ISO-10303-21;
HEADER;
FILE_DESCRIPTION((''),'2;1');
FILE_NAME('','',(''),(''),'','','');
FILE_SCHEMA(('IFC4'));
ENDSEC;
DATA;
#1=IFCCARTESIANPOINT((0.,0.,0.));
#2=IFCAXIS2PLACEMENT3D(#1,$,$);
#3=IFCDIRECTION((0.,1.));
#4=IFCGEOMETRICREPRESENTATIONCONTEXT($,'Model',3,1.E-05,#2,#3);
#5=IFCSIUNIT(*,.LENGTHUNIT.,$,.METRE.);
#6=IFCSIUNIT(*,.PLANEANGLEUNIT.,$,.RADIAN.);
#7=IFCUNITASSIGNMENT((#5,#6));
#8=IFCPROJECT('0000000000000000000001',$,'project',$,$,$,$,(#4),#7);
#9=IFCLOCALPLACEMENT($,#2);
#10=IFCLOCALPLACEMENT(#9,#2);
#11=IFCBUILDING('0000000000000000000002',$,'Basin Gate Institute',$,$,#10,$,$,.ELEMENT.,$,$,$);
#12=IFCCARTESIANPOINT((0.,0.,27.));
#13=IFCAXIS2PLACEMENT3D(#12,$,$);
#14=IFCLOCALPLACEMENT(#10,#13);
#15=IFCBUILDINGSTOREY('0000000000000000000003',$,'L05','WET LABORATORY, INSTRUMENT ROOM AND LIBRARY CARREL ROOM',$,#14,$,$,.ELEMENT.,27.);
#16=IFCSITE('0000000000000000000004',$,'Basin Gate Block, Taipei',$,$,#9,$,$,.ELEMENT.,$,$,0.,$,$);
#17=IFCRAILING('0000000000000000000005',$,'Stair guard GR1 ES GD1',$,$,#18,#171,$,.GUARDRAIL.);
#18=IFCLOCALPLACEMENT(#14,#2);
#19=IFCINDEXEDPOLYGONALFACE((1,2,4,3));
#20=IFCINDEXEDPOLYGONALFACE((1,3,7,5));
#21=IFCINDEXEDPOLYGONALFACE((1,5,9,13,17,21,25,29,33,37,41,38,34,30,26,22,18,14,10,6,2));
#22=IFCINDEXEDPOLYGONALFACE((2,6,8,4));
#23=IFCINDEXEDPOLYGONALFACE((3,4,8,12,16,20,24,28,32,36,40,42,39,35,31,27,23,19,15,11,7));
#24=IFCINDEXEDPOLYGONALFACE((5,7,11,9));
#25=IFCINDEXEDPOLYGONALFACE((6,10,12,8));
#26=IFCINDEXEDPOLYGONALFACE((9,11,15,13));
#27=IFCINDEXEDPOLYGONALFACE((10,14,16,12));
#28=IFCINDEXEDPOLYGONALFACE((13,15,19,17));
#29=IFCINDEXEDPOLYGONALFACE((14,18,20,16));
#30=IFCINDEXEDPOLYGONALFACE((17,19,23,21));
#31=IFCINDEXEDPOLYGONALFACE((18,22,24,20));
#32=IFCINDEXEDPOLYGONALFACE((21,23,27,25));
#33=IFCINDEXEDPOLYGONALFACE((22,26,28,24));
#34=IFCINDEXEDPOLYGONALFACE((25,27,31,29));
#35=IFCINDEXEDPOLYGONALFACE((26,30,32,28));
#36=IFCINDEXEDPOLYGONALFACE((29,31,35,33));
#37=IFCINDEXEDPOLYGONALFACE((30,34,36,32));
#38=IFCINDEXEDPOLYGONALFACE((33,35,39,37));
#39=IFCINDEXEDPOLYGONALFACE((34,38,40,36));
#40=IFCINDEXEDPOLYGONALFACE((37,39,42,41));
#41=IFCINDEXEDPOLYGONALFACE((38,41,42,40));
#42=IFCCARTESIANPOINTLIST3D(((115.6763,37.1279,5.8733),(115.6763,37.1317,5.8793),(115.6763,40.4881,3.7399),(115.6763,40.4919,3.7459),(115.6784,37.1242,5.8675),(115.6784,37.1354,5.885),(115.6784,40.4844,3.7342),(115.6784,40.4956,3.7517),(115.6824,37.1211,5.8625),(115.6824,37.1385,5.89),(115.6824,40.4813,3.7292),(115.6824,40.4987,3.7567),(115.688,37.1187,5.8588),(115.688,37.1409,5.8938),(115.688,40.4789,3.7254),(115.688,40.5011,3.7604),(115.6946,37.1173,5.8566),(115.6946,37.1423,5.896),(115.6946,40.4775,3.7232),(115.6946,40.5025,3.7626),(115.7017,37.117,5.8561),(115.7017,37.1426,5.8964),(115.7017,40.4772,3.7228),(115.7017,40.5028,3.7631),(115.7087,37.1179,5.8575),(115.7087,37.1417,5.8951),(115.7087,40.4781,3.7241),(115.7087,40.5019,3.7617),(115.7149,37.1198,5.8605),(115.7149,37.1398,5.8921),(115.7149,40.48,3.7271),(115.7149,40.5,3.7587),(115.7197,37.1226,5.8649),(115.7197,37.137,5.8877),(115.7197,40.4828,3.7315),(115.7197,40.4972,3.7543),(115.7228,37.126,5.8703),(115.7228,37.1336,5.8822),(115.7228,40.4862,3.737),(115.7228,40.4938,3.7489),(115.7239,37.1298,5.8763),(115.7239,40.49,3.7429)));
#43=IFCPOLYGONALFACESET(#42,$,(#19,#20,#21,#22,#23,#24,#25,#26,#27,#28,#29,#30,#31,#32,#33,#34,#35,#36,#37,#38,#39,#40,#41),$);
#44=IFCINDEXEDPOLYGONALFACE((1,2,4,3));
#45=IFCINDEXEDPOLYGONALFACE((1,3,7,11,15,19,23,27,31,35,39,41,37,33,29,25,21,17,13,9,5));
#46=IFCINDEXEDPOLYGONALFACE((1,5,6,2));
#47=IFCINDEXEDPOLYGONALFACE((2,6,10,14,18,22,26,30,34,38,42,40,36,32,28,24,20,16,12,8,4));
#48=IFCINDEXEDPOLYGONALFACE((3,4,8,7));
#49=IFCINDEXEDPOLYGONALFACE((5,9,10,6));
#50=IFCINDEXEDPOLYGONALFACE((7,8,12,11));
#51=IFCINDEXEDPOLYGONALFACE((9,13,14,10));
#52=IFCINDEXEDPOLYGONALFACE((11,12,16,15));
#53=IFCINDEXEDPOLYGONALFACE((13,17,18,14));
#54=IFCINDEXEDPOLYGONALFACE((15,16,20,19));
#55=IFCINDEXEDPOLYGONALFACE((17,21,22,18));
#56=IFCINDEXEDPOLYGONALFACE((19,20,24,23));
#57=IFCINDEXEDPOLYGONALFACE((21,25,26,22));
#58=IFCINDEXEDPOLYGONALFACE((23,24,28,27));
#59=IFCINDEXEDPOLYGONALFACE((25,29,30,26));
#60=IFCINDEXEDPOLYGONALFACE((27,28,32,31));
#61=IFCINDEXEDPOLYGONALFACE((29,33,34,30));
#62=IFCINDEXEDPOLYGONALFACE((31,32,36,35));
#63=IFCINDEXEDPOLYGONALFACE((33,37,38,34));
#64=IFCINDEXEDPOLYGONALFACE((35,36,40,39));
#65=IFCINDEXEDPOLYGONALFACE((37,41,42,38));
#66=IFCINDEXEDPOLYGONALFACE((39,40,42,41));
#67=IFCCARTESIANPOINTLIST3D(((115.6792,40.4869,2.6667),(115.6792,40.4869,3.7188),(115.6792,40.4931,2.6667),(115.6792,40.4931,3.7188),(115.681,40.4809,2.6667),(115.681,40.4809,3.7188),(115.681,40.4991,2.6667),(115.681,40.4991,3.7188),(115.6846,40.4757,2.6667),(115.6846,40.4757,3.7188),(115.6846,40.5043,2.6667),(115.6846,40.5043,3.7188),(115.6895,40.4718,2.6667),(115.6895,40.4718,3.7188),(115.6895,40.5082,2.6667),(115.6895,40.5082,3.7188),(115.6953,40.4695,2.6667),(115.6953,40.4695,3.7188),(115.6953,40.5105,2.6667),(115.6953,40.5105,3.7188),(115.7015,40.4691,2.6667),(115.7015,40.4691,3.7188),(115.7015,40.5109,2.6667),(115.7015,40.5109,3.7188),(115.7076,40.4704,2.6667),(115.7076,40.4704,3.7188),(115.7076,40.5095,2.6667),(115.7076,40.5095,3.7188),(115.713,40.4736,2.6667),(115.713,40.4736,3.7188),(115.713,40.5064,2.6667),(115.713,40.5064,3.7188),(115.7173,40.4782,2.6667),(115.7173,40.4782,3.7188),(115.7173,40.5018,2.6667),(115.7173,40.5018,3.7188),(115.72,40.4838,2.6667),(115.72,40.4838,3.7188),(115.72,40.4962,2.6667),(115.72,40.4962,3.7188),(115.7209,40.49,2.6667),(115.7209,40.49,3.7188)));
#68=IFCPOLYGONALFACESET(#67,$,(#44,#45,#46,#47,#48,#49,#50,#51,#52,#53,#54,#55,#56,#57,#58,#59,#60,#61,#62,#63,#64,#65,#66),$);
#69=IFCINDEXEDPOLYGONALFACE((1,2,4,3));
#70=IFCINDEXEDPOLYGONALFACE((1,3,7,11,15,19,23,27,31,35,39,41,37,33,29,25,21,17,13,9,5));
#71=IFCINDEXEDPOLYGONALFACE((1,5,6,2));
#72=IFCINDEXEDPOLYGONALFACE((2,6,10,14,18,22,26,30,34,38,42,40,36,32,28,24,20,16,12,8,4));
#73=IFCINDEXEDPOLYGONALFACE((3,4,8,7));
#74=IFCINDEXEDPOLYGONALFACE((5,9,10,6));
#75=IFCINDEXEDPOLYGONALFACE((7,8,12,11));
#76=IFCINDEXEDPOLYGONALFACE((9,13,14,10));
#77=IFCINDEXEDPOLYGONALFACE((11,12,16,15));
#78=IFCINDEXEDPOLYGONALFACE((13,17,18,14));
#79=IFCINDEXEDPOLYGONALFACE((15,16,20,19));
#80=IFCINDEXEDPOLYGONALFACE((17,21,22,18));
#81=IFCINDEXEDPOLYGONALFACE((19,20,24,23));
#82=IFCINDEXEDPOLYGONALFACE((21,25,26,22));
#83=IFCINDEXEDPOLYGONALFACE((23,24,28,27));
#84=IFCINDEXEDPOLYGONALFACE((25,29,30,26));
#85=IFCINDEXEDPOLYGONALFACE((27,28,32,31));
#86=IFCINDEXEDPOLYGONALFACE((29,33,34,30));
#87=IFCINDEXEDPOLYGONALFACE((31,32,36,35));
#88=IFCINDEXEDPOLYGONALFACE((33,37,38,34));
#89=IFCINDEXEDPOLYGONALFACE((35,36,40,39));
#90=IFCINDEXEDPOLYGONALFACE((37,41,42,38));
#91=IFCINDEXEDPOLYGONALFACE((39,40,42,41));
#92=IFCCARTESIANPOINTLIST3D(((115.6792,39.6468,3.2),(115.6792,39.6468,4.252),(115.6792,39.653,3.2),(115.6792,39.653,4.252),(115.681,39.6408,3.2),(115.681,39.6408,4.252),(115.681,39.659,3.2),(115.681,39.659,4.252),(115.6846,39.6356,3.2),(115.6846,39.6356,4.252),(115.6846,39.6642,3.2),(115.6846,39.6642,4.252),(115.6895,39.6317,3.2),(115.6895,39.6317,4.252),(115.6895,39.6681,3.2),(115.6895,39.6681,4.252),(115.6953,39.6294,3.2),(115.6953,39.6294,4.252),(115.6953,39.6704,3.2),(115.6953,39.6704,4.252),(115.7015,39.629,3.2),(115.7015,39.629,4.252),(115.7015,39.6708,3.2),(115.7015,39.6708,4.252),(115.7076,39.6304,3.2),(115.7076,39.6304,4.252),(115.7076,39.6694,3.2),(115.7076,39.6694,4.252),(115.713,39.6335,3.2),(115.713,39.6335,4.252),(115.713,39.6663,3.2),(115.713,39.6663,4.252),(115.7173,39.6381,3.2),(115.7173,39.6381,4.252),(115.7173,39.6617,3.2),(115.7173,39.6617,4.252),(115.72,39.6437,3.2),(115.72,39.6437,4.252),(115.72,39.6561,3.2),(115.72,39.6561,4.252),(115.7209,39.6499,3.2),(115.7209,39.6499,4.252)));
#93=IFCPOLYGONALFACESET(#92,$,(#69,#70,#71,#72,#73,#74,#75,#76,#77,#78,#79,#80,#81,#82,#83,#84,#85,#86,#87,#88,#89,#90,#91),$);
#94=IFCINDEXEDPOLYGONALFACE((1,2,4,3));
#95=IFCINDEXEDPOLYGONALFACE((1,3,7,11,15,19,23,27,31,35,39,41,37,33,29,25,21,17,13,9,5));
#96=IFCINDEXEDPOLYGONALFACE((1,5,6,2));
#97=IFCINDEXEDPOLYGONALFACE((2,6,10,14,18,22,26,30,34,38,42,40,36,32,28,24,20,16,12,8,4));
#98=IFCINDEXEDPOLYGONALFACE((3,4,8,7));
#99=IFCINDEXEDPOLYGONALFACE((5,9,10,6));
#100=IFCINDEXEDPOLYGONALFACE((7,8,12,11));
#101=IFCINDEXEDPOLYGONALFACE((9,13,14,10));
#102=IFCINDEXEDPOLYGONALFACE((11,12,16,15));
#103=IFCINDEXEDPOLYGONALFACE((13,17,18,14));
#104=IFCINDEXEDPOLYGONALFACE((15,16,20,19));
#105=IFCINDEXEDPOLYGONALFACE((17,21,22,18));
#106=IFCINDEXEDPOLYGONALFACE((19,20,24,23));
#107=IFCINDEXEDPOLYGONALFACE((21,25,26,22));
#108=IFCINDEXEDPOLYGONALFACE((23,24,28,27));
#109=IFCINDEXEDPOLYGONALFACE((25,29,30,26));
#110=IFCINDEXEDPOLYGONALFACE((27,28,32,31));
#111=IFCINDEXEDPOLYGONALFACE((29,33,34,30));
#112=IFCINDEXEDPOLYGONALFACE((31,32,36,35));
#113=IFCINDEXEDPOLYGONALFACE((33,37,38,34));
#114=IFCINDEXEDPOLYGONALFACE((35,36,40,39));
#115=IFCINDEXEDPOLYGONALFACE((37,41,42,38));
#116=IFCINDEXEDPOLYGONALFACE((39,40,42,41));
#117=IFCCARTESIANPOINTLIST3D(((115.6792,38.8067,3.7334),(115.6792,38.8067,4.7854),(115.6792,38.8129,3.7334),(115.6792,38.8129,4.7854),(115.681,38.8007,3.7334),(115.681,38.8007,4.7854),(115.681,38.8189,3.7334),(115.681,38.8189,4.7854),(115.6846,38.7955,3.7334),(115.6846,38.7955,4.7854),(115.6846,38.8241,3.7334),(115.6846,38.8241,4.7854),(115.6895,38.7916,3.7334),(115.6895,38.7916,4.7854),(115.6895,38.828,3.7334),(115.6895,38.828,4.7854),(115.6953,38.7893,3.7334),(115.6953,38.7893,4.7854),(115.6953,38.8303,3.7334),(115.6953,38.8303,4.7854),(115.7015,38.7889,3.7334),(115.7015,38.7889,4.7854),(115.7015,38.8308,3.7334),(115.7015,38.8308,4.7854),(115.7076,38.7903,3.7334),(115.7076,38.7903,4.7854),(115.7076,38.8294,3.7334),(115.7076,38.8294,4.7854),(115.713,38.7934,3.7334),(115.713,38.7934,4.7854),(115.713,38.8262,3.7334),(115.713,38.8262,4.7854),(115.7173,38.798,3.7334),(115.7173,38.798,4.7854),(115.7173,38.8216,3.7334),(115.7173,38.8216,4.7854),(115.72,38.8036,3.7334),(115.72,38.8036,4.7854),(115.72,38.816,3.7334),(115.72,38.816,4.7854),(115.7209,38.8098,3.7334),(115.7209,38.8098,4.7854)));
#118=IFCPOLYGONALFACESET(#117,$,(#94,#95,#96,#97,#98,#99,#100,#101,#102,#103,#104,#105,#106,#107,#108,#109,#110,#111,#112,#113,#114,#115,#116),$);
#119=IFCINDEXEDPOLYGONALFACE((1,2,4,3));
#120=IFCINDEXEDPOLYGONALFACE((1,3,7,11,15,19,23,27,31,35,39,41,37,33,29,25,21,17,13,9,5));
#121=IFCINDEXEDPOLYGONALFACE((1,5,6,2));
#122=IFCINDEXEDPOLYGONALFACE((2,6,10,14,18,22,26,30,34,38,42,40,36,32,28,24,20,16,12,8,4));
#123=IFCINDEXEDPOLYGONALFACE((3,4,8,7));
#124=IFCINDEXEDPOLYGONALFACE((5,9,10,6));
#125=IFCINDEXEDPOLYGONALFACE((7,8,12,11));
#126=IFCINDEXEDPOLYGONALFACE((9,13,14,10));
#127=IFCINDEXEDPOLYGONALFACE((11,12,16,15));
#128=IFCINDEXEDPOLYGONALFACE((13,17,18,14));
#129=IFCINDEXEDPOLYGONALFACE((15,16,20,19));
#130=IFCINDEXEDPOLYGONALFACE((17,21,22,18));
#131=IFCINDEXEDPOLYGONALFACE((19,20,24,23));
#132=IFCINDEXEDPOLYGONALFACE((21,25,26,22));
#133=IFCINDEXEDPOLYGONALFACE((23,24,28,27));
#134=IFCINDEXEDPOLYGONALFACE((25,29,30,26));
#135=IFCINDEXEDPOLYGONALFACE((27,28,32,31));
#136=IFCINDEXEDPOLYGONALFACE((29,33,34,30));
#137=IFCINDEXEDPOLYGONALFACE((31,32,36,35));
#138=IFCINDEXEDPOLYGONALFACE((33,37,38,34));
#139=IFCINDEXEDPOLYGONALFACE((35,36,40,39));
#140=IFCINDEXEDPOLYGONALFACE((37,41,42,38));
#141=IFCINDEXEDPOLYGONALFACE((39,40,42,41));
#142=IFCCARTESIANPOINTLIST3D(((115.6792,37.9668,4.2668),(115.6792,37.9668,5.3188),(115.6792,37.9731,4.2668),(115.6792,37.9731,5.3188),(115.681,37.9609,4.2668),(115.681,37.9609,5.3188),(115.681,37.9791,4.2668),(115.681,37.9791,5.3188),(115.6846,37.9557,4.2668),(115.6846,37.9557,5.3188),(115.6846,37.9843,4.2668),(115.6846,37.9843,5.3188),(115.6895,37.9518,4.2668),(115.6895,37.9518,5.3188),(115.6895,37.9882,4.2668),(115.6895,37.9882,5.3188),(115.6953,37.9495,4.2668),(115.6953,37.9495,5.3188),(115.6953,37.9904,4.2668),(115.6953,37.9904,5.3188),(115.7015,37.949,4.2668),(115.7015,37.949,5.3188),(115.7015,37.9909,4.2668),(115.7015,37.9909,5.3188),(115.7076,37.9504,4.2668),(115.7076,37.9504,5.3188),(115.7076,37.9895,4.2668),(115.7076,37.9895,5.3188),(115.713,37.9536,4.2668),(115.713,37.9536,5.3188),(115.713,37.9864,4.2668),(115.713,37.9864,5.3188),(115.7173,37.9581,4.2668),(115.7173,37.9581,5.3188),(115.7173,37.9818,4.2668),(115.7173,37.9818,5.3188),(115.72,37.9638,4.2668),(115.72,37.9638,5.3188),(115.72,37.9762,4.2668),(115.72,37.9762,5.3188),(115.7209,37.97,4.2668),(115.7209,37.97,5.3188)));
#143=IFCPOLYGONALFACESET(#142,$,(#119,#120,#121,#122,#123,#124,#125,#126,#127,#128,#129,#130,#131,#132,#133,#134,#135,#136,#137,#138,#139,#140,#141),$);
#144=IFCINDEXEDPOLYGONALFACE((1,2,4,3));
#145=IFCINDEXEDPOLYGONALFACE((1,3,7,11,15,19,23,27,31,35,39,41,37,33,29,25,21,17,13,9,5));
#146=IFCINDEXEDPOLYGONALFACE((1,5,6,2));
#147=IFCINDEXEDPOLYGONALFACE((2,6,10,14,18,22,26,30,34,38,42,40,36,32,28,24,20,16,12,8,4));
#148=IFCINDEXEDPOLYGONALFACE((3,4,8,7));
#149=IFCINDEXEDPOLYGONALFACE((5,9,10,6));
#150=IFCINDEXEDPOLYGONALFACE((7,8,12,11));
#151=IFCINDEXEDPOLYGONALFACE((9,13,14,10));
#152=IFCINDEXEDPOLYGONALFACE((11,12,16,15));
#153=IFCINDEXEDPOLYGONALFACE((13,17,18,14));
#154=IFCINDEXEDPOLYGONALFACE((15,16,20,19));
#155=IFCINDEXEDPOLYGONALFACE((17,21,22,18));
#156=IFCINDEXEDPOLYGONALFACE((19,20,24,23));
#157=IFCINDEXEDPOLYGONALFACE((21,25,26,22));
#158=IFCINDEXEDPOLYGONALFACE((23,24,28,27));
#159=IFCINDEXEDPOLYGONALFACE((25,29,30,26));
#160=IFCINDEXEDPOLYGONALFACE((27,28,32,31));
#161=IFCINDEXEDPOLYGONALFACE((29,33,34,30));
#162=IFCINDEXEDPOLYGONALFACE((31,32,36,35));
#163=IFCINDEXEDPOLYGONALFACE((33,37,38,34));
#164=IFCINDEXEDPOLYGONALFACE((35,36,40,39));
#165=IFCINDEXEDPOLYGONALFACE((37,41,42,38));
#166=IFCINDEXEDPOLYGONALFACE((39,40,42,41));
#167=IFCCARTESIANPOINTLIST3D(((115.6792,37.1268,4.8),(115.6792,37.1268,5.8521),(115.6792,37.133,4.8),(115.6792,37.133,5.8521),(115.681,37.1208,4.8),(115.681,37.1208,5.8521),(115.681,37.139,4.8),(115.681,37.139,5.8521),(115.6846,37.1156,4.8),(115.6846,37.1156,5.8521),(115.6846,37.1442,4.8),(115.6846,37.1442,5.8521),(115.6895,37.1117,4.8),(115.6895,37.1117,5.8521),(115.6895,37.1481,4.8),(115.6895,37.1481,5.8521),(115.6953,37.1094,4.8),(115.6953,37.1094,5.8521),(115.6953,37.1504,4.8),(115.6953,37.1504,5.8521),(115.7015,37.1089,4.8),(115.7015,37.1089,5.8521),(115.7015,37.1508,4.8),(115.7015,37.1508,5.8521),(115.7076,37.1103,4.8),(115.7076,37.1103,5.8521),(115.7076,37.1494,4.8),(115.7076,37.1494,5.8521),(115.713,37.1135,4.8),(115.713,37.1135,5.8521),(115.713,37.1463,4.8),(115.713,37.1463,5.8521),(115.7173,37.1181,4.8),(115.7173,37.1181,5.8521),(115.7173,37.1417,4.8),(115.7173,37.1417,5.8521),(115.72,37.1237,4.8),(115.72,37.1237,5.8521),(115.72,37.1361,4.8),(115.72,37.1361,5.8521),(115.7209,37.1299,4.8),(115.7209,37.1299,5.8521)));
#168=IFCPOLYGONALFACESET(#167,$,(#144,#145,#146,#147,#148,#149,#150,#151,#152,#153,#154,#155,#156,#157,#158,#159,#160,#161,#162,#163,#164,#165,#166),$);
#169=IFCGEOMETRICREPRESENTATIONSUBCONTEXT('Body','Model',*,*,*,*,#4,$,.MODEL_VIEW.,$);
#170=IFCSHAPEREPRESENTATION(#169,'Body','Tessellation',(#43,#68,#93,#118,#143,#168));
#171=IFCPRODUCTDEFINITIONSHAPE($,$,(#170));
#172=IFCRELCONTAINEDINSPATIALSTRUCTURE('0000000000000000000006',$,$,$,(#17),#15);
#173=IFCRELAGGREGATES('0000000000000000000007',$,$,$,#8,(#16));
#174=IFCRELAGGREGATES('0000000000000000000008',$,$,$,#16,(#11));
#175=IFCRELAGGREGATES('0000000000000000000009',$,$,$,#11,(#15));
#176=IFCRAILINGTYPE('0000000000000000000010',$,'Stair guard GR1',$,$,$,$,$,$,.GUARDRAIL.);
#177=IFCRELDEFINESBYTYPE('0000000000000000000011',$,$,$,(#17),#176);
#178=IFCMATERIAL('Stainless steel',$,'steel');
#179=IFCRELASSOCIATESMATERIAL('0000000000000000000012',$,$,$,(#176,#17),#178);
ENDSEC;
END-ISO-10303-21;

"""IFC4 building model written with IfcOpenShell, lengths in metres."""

from ifc_helpers import new_model, si_unit, direction, frame, origin, origin_2d, place, context, subcontext, project, spatial, circle, extrude, material, type_object, element, save


model = new_model("IFC4")

# Units and contexts
model_context = context("Model", 3, precision=1e-05, world=origin(), true_north=direction((0.0, 1.0)))
body_context = subcontext(model_context, "Body", "Model", "MODEL_VIEW")
ifc_project = project(units=[si_unit("LENGTHUNIT", "METRE"), si_unit("PLANEANGLEUNIT", "RADIAN")], contexts=[model_context])

# Site, building, storey
site_placement = place(None, origin())
site = spatial("IfcSite", under=ifc_project, at=site_placement, Name="Basin Gate Block, Taipei", CompositionType="ELEMENT", RefElevation=0.0)
building_placement = place(site_placement, origin())
building = spatial("IfcBuilding", under=site, at=building_placement, Name="Basin Gate Institute", CompositionType="ELEMENT")
storey_placement = place(building_placement, frame((0.0, 0.0, 27.0)))
storey = spatial("IfcBuildingStorey", under=building, at=storey_placement, Name="L05", Description="WET LABORATORY, INSTRUMENT ROOM AND LIBRARY CARREL ROOM", CompositionType="ELEMENT", Elevation=27.0)

# Railing
ifc_material_1 = material(Name="Stainless steel", Category="steel")
railing_type_1 = type_object("IfcRailingType", Name="Stair guard GR1", PredefinedType="GUARDRAIL", material=ifc_material_1)
railing_1_placement = place(storey_placement, frame((115.7, 40.49, 2.6667)))
element("IfcRailing", 1, at=railing_1_placement, inside=storey, type_object=railing_type_1, material=ifc_material_1, Name="Stair guard GR1 ES GD1", PredefinedType="GUARDRAIL", context=body_context, shape_type="SweptSolid", body=[
    extrude(circle(Radius=0.0239, at=origin_2d()), frame((0.0, 0.0, 1.0762), z_axis=(0.0, -0.844224, 0.53599), x_axis=(1.0, 0.0, 0.0)), (0.0, 0.0, 1.0), 3.9802),
    extrude(circle(Radius=0.021, at=origin_2d()), origin(), (0.0, 0.0, 1.0), 1.052),
    extrude(circle(Radius=0.021, at=origin_2d()), frame((0.0, -0.8401, 0.5332)), (0.0, 0.0, 1.0), 1.052),
    extrude(circle(Radius=0.021, at=origin_2d()), frame((0.0, -1.6802, 1.0667)), (0.0, 0.0, 1.0), 1.052),
    extrude(circle(Radius=0.021, at=origin_2d()), frame((0.0, -2.52, 1.6001)), (0.0, 0.0, 1.0), 1.052),
    extrude(circle(Radius=0.021, at=origin_2d()), frame((0.0, -3.3601, 2.1333)), (0.0, 0.0, 1.0), 1.052),
])

save(model, "model.ifc")
